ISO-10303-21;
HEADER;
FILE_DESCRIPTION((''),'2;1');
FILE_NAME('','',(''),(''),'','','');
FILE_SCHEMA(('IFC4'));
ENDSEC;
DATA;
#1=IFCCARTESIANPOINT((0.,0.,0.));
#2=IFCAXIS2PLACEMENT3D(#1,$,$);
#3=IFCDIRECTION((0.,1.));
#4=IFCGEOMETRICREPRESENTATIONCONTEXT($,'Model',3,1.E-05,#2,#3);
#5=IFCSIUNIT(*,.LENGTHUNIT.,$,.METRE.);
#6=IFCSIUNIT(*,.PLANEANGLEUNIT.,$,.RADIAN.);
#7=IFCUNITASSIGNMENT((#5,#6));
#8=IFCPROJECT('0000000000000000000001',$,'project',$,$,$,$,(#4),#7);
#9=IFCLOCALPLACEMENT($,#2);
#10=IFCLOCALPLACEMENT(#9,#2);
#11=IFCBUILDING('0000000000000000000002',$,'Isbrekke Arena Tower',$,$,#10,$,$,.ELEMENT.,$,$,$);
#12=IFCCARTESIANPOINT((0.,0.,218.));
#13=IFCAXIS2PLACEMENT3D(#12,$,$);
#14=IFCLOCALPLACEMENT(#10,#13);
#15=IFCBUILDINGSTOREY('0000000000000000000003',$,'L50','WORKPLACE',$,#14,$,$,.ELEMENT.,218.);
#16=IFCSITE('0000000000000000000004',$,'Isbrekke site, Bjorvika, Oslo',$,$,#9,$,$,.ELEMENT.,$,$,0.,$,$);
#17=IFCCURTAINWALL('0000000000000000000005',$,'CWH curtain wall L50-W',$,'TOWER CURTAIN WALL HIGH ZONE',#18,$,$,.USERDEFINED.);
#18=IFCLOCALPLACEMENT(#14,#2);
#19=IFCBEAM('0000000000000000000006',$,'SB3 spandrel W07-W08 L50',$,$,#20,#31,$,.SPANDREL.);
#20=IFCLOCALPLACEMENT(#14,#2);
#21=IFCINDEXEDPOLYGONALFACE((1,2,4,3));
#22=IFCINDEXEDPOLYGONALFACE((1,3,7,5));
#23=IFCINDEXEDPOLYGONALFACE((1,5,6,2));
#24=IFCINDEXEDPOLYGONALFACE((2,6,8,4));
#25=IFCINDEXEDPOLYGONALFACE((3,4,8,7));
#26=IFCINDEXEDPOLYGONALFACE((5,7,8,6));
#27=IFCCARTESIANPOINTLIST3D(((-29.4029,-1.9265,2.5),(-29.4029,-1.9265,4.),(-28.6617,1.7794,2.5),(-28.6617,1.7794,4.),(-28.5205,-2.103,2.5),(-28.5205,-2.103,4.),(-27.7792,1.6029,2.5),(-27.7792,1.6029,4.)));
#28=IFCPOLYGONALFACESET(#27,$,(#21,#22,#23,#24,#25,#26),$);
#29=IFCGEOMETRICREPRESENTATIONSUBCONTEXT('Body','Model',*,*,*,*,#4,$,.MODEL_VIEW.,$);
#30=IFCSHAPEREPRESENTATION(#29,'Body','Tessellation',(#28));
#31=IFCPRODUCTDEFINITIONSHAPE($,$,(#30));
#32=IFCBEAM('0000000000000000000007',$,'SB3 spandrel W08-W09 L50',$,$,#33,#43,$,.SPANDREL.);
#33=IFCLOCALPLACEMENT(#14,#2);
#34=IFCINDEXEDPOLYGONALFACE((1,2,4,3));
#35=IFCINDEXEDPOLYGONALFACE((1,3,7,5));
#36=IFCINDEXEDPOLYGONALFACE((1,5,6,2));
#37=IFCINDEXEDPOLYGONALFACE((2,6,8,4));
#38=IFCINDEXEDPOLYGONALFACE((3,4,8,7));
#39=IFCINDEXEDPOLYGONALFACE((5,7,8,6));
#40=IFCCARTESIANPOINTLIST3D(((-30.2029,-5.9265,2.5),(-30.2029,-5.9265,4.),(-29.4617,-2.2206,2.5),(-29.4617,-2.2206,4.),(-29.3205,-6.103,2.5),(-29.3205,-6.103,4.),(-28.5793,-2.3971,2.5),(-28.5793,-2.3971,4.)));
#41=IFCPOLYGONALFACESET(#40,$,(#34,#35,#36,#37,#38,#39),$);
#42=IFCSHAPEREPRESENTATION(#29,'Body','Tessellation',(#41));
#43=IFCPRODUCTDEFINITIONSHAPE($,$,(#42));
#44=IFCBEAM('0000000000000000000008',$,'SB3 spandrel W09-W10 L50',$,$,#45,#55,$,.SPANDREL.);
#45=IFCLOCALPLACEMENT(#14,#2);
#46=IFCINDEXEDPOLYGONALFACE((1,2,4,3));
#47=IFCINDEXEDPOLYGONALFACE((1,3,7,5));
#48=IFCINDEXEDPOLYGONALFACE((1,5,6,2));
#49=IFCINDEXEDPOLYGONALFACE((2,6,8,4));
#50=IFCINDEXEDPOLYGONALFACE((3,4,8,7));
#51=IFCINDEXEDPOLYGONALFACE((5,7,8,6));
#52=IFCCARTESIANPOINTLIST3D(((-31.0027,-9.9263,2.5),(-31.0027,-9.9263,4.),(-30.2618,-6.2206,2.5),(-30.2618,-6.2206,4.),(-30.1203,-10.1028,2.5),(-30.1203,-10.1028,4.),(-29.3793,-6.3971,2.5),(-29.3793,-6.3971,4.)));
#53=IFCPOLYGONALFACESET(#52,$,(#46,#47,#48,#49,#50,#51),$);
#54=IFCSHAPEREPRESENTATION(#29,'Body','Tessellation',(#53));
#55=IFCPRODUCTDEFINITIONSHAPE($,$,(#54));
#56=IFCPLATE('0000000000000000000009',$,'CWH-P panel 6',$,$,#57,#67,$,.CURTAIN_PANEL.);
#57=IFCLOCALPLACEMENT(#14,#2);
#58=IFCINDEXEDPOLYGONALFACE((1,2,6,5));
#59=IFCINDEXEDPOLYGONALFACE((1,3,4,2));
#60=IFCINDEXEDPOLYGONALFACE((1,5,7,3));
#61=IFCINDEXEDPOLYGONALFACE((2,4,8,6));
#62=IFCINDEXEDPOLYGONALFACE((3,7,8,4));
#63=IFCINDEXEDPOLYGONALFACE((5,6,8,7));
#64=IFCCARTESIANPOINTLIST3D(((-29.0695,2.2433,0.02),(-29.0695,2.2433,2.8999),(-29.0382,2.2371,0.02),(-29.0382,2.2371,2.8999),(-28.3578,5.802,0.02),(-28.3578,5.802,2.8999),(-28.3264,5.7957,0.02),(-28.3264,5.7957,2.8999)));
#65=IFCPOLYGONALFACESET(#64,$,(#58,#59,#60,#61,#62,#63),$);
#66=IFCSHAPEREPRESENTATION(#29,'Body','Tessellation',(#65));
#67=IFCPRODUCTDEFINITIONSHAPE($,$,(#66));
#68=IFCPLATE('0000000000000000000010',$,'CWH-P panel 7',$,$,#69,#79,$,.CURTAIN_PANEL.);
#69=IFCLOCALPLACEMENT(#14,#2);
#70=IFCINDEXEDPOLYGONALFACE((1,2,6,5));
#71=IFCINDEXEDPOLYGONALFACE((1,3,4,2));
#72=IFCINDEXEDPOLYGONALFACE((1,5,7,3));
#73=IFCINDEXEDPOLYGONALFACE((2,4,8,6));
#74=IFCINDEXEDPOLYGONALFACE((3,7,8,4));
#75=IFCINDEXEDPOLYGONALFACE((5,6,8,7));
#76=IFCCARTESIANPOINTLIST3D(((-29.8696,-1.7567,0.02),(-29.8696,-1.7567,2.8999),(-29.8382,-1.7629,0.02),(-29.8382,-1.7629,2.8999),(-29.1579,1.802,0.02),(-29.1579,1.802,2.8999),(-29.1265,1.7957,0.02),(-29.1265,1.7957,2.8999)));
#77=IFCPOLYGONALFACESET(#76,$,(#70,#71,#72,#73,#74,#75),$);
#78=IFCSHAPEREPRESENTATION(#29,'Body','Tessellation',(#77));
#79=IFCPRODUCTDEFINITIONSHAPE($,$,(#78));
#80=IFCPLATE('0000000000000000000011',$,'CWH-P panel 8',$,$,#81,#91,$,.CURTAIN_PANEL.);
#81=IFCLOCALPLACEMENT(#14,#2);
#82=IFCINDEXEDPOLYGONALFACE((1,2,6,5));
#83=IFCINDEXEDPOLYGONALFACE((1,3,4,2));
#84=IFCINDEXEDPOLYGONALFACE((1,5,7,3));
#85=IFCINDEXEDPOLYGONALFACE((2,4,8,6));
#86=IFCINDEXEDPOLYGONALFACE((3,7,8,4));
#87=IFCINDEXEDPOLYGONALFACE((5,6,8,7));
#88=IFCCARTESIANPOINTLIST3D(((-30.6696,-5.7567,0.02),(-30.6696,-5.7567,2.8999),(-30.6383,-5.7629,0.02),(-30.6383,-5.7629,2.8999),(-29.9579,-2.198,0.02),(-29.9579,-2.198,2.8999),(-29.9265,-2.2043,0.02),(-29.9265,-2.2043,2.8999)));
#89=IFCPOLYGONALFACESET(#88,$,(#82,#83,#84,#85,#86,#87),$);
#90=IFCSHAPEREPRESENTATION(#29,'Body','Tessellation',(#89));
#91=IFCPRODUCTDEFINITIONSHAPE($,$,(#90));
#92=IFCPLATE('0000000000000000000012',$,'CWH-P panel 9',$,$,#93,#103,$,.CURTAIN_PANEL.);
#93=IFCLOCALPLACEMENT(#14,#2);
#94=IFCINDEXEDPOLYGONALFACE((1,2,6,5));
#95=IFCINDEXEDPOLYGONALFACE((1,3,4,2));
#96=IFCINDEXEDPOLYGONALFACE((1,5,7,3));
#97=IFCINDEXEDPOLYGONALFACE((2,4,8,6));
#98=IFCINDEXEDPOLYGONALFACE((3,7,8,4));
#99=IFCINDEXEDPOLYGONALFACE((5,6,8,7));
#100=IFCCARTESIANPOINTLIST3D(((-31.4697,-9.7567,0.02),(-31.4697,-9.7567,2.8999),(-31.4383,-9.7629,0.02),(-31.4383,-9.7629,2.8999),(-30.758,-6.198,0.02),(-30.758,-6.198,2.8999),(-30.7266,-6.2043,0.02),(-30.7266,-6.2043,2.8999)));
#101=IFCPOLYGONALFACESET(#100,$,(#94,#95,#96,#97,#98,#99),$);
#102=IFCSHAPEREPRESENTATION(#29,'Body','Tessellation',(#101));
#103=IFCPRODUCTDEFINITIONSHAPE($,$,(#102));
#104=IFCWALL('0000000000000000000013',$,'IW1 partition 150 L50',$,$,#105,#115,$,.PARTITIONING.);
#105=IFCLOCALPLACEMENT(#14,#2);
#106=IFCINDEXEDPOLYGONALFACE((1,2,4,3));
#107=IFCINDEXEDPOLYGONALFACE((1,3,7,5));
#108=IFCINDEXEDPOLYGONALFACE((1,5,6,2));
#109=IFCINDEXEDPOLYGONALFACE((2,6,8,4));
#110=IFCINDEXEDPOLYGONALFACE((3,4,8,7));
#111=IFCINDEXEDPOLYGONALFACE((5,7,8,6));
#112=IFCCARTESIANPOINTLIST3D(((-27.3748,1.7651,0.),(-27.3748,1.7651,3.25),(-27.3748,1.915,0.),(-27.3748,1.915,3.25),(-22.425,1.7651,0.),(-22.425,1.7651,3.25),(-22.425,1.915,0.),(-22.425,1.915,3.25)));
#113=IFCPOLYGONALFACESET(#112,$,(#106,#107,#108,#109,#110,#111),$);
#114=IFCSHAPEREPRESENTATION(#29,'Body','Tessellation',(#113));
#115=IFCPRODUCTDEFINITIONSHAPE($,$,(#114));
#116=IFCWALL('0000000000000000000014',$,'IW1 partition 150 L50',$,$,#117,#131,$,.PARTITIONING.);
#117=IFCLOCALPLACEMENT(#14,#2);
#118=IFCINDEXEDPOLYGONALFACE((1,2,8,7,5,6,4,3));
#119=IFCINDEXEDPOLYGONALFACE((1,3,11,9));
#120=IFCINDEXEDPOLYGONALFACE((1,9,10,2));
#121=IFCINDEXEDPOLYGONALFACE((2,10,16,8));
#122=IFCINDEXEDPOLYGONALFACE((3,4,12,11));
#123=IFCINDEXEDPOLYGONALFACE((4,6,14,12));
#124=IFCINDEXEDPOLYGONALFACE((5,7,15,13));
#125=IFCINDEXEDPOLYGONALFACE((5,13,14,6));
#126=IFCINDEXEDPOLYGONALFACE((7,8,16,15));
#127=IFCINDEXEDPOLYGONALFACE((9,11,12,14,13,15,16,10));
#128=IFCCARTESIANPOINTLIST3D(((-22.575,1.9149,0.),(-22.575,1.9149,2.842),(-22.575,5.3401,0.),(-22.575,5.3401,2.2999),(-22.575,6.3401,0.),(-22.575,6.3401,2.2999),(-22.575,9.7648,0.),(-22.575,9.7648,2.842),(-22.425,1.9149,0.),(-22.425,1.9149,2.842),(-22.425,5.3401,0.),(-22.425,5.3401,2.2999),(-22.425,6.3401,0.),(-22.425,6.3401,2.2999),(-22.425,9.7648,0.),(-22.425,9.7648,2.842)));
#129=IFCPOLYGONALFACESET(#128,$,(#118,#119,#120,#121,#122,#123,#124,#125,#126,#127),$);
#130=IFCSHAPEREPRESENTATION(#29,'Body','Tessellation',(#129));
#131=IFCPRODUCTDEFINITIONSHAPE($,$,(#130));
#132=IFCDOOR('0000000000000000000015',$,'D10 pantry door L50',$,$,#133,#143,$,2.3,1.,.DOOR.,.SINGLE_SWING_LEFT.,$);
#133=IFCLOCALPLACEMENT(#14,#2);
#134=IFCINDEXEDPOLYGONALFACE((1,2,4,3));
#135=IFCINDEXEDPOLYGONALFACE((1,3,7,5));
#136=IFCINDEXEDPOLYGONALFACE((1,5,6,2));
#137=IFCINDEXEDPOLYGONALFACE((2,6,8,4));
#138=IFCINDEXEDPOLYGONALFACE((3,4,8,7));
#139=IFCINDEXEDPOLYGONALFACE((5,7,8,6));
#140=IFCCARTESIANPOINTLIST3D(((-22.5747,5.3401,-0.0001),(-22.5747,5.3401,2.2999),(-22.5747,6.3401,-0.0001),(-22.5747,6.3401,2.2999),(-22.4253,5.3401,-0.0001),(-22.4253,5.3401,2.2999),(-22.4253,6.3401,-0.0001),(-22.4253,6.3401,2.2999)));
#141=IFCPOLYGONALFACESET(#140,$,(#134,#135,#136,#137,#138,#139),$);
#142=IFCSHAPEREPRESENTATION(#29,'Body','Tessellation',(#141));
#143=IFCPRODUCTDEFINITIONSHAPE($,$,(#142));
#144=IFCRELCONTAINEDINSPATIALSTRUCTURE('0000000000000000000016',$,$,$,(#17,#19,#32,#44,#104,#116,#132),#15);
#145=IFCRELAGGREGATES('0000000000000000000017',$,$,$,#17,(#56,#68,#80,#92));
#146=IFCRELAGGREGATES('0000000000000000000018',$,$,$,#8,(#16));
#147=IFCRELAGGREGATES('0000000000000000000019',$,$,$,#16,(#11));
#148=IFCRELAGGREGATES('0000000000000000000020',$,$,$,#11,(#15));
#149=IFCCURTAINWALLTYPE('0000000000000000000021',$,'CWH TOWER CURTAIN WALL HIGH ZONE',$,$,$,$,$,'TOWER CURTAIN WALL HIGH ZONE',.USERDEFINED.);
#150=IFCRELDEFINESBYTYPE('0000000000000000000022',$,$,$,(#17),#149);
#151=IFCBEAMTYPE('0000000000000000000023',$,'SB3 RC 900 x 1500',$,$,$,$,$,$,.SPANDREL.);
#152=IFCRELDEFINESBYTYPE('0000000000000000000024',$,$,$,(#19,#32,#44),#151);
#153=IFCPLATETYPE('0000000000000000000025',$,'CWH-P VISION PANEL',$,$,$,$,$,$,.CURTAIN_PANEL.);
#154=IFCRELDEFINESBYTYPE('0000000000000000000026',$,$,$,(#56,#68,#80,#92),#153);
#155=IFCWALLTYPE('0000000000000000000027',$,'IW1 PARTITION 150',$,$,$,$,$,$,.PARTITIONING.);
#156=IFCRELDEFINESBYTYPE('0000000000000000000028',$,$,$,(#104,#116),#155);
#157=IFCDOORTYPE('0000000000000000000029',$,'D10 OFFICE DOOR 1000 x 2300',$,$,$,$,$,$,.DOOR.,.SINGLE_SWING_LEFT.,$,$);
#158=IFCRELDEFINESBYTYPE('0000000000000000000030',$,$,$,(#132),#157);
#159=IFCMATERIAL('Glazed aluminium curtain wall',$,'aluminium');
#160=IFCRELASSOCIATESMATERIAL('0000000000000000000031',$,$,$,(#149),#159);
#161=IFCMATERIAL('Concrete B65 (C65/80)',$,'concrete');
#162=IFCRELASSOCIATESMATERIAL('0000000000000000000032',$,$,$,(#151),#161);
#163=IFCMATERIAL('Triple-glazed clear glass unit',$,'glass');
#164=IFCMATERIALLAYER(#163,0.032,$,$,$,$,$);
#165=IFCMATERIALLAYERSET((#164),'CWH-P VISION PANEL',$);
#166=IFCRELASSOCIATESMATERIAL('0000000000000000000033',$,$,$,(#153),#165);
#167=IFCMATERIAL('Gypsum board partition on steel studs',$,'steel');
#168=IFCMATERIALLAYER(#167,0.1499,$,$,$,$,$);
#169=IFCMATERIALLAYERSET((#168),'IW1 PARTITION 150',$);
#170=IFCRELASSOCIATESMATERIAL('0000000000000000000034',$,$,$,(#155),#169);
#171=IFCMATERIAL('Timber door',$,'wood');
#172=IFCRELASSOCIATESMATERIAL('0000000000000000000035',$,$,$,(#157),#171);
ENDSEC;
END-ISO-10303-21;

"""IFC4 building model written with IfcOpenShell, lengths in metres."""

from ifc_helpers import new_model, si_unit, direction, frame, frame_2d, origin, origin_2d, place, context, subcontext, project, spatial, rectangle, extrude, material, layer, layer_set, material_profile, profile_set, type_object, element, fill, aggregate, save


model = new_model("IFC4")

# Units and contexts
model_context = context("Model", 3, precision=1e-05, world=origin(), true_north=direction((0.0, 1.0)))
body_context = subcontext(model_context, "Body", "Model", "MODEL_VIEW")
ifc_project = project(units=[si_unit("LENGTHUNIT", "METRE"), si_unit("PLANEANGLEUNIT", "RADIAN")], contexts=[model_context])

# Site, building, storey
site_placement = place(None, origin())
site = spatial("IfcSite", under=ifc_project, at=site_placement, Name="Isbrekke site, Bjorvika, Oslo", CompositionType="ELEMENT", RefElevation=0.0)
building_placement = place(site_placement, origin())
building = spatial("IfcBuilding", under=site, at=building_placement, Name="Isbrekke Arena Tower", CompositionType="ELEMENT")
storey_placement = place(building_placement, frame((0.0, 0.0, 218.0)))
storey = spatial("IfcBuildingStorey", under=building, at=storey_placement, Name="L50", Description="WORKPLACE", CompositionType="ELEMENT", Elevation=218.0)

# Curtain wall
ifc_material_1 = material(Name="Glazed aluminium curtain wall", Category="aluminium")
curtain_wall_type = type_object("IfcCurtainWallType", Name="CWH TOWER CURTAIN WALL HIGH ZONE", ElementType="TOWER CURTAIN WALL HIGH ZONE", PredefinedType="USERDEFINED", material=ifc_material_1)
curtain_wall_placement = place(storey_placement, origin())
curtain_wall = element("IfcCurtainWall", 1, at=curtain_wall_placement, inside=storey, type_object=curtain_wall_type, Name="CWH curtain wall L50-W", ObjectType="TOWER CURTAIN WALL HIGH ZONE", PredefinedType="USERDEFINED")

# Beams
ifc_material_2 = material(Name="Concrete B65 (C65/80)", Category="concrete")
ifc_material_profile_1 = material_profile(ifc_material_2, rectangle(XDim=0.8999, YDim=1.5, at=origin_2d()), Name="RC 900x1500")
ifc_profile_set_1 = profile_set([ifc_material_profile_1], Name="Concrete B65 (C65/80)")
beam_type_1 = type_object("IfcBeamType", Name="SB3 RC 900 x 1500", PredefinedType="SPANDREL", material=ifc_profile_set_1)
for number, where, z_axis, x_axis, name in (
    (2, (-28.2205, 1.6912, 3.25), (-0.196129, -0.980578, 0.0), (0.980578, -0.196129, 0.0), "SB3 spandrel W07-W08 L50"),
    (3, (-29.0205, -2.3088, 3.25), (-0.196129, -0.980578, 0.0), (0.980578, -0.196129, 0.0), "SB3 spandrel W08-W09 L50"),
):
    element("IfcBeam", number, at=place(storey_placement, frame(where, z_axis=z_axis, x_axis=x_axis)), inside=storey, type_object=beam_type_1, Name=name, PredefinedType="SPANDREL", context=body_context, shape_type="SweptSolid", body=[
        extrude(rectangle(XDim=0.8999, YDim=1.5, at=origin_2d()), origin(), (0.0, 0.0, 1.0), 3.7793),
    ])
beam_1_placement = place(storey_placement, frame((-29.8206, -6.3088, 3.25), z_axis=(-0.196066, -0.980591, 0.0), x_axis=(0.980591, -0.196066, 0.0)))
element("IfcBeam", 4, at=beam_1_placement, inside=storey, type_object=beam_type_1, Name="SB3 spandrel W09-W10 L50", PredefinedType="SPANDREL", context=body_context, shape_type="SweptSolid", body=[
    extrude(rectangle(XDim=0.8999, YDim=1.5, at=origin_2d()), origin(), (0.0, 0.0, 1.0), 3.7791),
])

# Plates
ifc_material_3 = material(Name="Triple-glazed clear glass unit", Category="glass")
ifc_layer_1 = layer(ifc_material_3, 0.032)
ifc_layer_set_1 = layer_set([ifc_layer_1], Name="CWH-P VISION PANEL")
plate_type = type_object("IfcPlateType", Name="CWH-P VISION PANEL", PredefinedType="CURTAIN_PANEL", material=ifc_layer_set_1)
plate_1_placement = place(storey_placement, frame((-28.698, 4.0195, 0.02), z_axis=(0.0, 0.0, 1.0), x_axis=(-0.196116, -0.980581, 0.0)))
plate_1 = element("IfcPlate", 5, at=plate_1_placement, type_object=plate_type, Name="CWH-P panel 6", PredefinedType="CURTAIN_PANEL", context=body_context, shape_type="SweptSolid", body=[
    extrude(rectangle(XDim=3.6292, YDim=0.032, at=origin_2d()), origin(), (0.0, 0.0, 1.0), 2.8799),
])
plate_2_placement = place(storey_placement, frame((-29.498, 0.0195, 0.02), z_axis=(0.0, 0.0, 1.0), x_axis=(-0.196116, -0.980581, 0.0)))
plate_2 = element("IfcPlate", 6, at=plate_2_placement, type_object=plate_type, Name="CWH-P panel 7", PredefinedType="CURTAIN_PANEL", context=body_context, shape_type="SweptSolid", body=[
    extrude(rectangle(XDim=3.6292, YDim=0.032, at=origin_2d()), origin(), (0.0, 0.0, 1.0), 2.8799),
])
plate_3_placement = place(storey_placement, frame((-30.2981, -3.9805, 0.02), z_axis=(0.0, 0.0, 1.0), x_axis=(-0.196116, -0.980581, 0.0)))
plate_3 = element("IfcPlate", 7, at=plate_3_placement, type_object=plate_type, Name="CWH-P panel 8", PredefinedType="CURTAIN_PANEL", context=body_context, shape_type="SweptSolid", body=[
    extrude(rectangle(XDim=3.6292, YDim=0.032, at=origin_2d()), origin(), (0.0, 0.0, 1.0), 2.8799),
])
plate_4_placement = place(storey_placement, frame((-31.0981, -7.9805, 0.02), z_axis=(0.0, 0.0, 1.0), x_axis=(-0.196116, -0.980581, 0.0)))
plate_4 = element("IfcPlate", 8, at=plate_4_placement, type_object=plate_type, Name="CWH-P panel 9", PredefinedType="CURTAIN_PANEL", context=body_context, shape_type="SweptSolid", body=[
    extrude(rectangle(XDim=3.6292, YDim=0.032, at=origin_2d()), origin(), (0.0, 0.0, 1.0), 2.8799),
])
aggregate(curtain_wall, [plate_1, plate_2, plate_3, plate_4])

# Wall
ifc_material_4 = material(Name="Gypsum board partition on steel studs", Category="steel")
ifc_layer_2 = layer(ifc_material_4, 0.1499)
ifc_layer_set_2 = layer_set([ifc_layer_2], Name="IW1 PARTITION 150")
wall_type = type_object("IfcWallType", Name="IW1 PARTITION 150", PredefinedType="PARTITIONING", material=ifc_layer_set_2)
wall_1_placement = place(storey_placement, frame((-27.3748, 1.8401, 0.0), z_axis=(0.0, 0.0, 1.0), x_axis=(1.0, 0.0, 0.0)))
element("IfcWall", 9, at=wall_1_placement, inside=storey, type_object=wall_type, Name="IW1 partition 150 L50", PredefinedType="PARTITIONING", context=body_context, shape_type="SweptSolid", body=[
    extrude(rectangle(XDim=4.9497, YDim=0.1499, at=frame_2d((2.4749, 0.0))), origin(), (0.0, 0.0, 1.0), 3.25),
])

# Wall, opening, door
wall_2_placement = place(storey_placement, frame((-22.5, 1.915, 0.0), z_axis=(0.0, 0.0, 1.0), x_axis=(0.0, 1.0, 0.0)))
wall_2 = element("IfcWall", 10, at=wall_2_placement, inside=storey, type_object=wall_type, Name="IW1 partition 150 L50", PredefinedType="PARTITIONING", context=body_context, shape_type="SweptSolid", body=[
    extrude(rectangle(XDim=7.8499, YDim=0.1499, at=frame_2d((3.9248, 0.0))), origin(), (0.0, 0.0, 1.0), 2.842),
])
opening_placement = place(wall_2_placement, frame((3.425, 0.0, 0.0)))
opening = element("IfcOpeningElement", 11, at=opening_placement, cuts=wall_2, PredefinedType="OPENING", context=body_context, shape_type="SweptSolid", body=[
    extrude(rectangle(XDim=1.0, YDim=2.3, at=frame_2d((0.5, 1.1499))), frame((0.0, 0.0898, 0.0), z_axis=(0.0, -1.0, 0.0), x_axis=(1.0, 0.0, 0.0)), (0.0, 0.0, 1.0), 0.1797),
])
ifc_material_5 = material(Name="Timber door", Category="wood")
door_type = type_object("IfcDoorType", Name="D10 OFFICE DOOR 1000 x 2300", OperationType="SINGLE_SWING_LEFT", PredefinedType="DOOR", material=ifc_material_5)
door_placement = place(opening_placement, origin())
door = element("IfcDoor", 12, at=door_placement, inside=storey, type_object=door_type, Name="D10 pantry door L50", OperationType="SINGLE_SWING_LEFT", OverallHeight=2.3, OverallWidth=1.0, PredefinedType="DOOR", context=body_context, shape_type="SweptSolid", body=[
    extrude(rectangle(XDim=1.0, YDim=2.3, at=frame_2d((0.5, 1.1499))), frame((0.0, 0.0747, 0.0), z_axis=(0.0, -1.0, 0.0), x_axis=(1.0, 0.0, 0.0)), (0.0, 0.0, 1.0), 0.1494),
])
fill(opening, door)

save(model, "model.ifc")
